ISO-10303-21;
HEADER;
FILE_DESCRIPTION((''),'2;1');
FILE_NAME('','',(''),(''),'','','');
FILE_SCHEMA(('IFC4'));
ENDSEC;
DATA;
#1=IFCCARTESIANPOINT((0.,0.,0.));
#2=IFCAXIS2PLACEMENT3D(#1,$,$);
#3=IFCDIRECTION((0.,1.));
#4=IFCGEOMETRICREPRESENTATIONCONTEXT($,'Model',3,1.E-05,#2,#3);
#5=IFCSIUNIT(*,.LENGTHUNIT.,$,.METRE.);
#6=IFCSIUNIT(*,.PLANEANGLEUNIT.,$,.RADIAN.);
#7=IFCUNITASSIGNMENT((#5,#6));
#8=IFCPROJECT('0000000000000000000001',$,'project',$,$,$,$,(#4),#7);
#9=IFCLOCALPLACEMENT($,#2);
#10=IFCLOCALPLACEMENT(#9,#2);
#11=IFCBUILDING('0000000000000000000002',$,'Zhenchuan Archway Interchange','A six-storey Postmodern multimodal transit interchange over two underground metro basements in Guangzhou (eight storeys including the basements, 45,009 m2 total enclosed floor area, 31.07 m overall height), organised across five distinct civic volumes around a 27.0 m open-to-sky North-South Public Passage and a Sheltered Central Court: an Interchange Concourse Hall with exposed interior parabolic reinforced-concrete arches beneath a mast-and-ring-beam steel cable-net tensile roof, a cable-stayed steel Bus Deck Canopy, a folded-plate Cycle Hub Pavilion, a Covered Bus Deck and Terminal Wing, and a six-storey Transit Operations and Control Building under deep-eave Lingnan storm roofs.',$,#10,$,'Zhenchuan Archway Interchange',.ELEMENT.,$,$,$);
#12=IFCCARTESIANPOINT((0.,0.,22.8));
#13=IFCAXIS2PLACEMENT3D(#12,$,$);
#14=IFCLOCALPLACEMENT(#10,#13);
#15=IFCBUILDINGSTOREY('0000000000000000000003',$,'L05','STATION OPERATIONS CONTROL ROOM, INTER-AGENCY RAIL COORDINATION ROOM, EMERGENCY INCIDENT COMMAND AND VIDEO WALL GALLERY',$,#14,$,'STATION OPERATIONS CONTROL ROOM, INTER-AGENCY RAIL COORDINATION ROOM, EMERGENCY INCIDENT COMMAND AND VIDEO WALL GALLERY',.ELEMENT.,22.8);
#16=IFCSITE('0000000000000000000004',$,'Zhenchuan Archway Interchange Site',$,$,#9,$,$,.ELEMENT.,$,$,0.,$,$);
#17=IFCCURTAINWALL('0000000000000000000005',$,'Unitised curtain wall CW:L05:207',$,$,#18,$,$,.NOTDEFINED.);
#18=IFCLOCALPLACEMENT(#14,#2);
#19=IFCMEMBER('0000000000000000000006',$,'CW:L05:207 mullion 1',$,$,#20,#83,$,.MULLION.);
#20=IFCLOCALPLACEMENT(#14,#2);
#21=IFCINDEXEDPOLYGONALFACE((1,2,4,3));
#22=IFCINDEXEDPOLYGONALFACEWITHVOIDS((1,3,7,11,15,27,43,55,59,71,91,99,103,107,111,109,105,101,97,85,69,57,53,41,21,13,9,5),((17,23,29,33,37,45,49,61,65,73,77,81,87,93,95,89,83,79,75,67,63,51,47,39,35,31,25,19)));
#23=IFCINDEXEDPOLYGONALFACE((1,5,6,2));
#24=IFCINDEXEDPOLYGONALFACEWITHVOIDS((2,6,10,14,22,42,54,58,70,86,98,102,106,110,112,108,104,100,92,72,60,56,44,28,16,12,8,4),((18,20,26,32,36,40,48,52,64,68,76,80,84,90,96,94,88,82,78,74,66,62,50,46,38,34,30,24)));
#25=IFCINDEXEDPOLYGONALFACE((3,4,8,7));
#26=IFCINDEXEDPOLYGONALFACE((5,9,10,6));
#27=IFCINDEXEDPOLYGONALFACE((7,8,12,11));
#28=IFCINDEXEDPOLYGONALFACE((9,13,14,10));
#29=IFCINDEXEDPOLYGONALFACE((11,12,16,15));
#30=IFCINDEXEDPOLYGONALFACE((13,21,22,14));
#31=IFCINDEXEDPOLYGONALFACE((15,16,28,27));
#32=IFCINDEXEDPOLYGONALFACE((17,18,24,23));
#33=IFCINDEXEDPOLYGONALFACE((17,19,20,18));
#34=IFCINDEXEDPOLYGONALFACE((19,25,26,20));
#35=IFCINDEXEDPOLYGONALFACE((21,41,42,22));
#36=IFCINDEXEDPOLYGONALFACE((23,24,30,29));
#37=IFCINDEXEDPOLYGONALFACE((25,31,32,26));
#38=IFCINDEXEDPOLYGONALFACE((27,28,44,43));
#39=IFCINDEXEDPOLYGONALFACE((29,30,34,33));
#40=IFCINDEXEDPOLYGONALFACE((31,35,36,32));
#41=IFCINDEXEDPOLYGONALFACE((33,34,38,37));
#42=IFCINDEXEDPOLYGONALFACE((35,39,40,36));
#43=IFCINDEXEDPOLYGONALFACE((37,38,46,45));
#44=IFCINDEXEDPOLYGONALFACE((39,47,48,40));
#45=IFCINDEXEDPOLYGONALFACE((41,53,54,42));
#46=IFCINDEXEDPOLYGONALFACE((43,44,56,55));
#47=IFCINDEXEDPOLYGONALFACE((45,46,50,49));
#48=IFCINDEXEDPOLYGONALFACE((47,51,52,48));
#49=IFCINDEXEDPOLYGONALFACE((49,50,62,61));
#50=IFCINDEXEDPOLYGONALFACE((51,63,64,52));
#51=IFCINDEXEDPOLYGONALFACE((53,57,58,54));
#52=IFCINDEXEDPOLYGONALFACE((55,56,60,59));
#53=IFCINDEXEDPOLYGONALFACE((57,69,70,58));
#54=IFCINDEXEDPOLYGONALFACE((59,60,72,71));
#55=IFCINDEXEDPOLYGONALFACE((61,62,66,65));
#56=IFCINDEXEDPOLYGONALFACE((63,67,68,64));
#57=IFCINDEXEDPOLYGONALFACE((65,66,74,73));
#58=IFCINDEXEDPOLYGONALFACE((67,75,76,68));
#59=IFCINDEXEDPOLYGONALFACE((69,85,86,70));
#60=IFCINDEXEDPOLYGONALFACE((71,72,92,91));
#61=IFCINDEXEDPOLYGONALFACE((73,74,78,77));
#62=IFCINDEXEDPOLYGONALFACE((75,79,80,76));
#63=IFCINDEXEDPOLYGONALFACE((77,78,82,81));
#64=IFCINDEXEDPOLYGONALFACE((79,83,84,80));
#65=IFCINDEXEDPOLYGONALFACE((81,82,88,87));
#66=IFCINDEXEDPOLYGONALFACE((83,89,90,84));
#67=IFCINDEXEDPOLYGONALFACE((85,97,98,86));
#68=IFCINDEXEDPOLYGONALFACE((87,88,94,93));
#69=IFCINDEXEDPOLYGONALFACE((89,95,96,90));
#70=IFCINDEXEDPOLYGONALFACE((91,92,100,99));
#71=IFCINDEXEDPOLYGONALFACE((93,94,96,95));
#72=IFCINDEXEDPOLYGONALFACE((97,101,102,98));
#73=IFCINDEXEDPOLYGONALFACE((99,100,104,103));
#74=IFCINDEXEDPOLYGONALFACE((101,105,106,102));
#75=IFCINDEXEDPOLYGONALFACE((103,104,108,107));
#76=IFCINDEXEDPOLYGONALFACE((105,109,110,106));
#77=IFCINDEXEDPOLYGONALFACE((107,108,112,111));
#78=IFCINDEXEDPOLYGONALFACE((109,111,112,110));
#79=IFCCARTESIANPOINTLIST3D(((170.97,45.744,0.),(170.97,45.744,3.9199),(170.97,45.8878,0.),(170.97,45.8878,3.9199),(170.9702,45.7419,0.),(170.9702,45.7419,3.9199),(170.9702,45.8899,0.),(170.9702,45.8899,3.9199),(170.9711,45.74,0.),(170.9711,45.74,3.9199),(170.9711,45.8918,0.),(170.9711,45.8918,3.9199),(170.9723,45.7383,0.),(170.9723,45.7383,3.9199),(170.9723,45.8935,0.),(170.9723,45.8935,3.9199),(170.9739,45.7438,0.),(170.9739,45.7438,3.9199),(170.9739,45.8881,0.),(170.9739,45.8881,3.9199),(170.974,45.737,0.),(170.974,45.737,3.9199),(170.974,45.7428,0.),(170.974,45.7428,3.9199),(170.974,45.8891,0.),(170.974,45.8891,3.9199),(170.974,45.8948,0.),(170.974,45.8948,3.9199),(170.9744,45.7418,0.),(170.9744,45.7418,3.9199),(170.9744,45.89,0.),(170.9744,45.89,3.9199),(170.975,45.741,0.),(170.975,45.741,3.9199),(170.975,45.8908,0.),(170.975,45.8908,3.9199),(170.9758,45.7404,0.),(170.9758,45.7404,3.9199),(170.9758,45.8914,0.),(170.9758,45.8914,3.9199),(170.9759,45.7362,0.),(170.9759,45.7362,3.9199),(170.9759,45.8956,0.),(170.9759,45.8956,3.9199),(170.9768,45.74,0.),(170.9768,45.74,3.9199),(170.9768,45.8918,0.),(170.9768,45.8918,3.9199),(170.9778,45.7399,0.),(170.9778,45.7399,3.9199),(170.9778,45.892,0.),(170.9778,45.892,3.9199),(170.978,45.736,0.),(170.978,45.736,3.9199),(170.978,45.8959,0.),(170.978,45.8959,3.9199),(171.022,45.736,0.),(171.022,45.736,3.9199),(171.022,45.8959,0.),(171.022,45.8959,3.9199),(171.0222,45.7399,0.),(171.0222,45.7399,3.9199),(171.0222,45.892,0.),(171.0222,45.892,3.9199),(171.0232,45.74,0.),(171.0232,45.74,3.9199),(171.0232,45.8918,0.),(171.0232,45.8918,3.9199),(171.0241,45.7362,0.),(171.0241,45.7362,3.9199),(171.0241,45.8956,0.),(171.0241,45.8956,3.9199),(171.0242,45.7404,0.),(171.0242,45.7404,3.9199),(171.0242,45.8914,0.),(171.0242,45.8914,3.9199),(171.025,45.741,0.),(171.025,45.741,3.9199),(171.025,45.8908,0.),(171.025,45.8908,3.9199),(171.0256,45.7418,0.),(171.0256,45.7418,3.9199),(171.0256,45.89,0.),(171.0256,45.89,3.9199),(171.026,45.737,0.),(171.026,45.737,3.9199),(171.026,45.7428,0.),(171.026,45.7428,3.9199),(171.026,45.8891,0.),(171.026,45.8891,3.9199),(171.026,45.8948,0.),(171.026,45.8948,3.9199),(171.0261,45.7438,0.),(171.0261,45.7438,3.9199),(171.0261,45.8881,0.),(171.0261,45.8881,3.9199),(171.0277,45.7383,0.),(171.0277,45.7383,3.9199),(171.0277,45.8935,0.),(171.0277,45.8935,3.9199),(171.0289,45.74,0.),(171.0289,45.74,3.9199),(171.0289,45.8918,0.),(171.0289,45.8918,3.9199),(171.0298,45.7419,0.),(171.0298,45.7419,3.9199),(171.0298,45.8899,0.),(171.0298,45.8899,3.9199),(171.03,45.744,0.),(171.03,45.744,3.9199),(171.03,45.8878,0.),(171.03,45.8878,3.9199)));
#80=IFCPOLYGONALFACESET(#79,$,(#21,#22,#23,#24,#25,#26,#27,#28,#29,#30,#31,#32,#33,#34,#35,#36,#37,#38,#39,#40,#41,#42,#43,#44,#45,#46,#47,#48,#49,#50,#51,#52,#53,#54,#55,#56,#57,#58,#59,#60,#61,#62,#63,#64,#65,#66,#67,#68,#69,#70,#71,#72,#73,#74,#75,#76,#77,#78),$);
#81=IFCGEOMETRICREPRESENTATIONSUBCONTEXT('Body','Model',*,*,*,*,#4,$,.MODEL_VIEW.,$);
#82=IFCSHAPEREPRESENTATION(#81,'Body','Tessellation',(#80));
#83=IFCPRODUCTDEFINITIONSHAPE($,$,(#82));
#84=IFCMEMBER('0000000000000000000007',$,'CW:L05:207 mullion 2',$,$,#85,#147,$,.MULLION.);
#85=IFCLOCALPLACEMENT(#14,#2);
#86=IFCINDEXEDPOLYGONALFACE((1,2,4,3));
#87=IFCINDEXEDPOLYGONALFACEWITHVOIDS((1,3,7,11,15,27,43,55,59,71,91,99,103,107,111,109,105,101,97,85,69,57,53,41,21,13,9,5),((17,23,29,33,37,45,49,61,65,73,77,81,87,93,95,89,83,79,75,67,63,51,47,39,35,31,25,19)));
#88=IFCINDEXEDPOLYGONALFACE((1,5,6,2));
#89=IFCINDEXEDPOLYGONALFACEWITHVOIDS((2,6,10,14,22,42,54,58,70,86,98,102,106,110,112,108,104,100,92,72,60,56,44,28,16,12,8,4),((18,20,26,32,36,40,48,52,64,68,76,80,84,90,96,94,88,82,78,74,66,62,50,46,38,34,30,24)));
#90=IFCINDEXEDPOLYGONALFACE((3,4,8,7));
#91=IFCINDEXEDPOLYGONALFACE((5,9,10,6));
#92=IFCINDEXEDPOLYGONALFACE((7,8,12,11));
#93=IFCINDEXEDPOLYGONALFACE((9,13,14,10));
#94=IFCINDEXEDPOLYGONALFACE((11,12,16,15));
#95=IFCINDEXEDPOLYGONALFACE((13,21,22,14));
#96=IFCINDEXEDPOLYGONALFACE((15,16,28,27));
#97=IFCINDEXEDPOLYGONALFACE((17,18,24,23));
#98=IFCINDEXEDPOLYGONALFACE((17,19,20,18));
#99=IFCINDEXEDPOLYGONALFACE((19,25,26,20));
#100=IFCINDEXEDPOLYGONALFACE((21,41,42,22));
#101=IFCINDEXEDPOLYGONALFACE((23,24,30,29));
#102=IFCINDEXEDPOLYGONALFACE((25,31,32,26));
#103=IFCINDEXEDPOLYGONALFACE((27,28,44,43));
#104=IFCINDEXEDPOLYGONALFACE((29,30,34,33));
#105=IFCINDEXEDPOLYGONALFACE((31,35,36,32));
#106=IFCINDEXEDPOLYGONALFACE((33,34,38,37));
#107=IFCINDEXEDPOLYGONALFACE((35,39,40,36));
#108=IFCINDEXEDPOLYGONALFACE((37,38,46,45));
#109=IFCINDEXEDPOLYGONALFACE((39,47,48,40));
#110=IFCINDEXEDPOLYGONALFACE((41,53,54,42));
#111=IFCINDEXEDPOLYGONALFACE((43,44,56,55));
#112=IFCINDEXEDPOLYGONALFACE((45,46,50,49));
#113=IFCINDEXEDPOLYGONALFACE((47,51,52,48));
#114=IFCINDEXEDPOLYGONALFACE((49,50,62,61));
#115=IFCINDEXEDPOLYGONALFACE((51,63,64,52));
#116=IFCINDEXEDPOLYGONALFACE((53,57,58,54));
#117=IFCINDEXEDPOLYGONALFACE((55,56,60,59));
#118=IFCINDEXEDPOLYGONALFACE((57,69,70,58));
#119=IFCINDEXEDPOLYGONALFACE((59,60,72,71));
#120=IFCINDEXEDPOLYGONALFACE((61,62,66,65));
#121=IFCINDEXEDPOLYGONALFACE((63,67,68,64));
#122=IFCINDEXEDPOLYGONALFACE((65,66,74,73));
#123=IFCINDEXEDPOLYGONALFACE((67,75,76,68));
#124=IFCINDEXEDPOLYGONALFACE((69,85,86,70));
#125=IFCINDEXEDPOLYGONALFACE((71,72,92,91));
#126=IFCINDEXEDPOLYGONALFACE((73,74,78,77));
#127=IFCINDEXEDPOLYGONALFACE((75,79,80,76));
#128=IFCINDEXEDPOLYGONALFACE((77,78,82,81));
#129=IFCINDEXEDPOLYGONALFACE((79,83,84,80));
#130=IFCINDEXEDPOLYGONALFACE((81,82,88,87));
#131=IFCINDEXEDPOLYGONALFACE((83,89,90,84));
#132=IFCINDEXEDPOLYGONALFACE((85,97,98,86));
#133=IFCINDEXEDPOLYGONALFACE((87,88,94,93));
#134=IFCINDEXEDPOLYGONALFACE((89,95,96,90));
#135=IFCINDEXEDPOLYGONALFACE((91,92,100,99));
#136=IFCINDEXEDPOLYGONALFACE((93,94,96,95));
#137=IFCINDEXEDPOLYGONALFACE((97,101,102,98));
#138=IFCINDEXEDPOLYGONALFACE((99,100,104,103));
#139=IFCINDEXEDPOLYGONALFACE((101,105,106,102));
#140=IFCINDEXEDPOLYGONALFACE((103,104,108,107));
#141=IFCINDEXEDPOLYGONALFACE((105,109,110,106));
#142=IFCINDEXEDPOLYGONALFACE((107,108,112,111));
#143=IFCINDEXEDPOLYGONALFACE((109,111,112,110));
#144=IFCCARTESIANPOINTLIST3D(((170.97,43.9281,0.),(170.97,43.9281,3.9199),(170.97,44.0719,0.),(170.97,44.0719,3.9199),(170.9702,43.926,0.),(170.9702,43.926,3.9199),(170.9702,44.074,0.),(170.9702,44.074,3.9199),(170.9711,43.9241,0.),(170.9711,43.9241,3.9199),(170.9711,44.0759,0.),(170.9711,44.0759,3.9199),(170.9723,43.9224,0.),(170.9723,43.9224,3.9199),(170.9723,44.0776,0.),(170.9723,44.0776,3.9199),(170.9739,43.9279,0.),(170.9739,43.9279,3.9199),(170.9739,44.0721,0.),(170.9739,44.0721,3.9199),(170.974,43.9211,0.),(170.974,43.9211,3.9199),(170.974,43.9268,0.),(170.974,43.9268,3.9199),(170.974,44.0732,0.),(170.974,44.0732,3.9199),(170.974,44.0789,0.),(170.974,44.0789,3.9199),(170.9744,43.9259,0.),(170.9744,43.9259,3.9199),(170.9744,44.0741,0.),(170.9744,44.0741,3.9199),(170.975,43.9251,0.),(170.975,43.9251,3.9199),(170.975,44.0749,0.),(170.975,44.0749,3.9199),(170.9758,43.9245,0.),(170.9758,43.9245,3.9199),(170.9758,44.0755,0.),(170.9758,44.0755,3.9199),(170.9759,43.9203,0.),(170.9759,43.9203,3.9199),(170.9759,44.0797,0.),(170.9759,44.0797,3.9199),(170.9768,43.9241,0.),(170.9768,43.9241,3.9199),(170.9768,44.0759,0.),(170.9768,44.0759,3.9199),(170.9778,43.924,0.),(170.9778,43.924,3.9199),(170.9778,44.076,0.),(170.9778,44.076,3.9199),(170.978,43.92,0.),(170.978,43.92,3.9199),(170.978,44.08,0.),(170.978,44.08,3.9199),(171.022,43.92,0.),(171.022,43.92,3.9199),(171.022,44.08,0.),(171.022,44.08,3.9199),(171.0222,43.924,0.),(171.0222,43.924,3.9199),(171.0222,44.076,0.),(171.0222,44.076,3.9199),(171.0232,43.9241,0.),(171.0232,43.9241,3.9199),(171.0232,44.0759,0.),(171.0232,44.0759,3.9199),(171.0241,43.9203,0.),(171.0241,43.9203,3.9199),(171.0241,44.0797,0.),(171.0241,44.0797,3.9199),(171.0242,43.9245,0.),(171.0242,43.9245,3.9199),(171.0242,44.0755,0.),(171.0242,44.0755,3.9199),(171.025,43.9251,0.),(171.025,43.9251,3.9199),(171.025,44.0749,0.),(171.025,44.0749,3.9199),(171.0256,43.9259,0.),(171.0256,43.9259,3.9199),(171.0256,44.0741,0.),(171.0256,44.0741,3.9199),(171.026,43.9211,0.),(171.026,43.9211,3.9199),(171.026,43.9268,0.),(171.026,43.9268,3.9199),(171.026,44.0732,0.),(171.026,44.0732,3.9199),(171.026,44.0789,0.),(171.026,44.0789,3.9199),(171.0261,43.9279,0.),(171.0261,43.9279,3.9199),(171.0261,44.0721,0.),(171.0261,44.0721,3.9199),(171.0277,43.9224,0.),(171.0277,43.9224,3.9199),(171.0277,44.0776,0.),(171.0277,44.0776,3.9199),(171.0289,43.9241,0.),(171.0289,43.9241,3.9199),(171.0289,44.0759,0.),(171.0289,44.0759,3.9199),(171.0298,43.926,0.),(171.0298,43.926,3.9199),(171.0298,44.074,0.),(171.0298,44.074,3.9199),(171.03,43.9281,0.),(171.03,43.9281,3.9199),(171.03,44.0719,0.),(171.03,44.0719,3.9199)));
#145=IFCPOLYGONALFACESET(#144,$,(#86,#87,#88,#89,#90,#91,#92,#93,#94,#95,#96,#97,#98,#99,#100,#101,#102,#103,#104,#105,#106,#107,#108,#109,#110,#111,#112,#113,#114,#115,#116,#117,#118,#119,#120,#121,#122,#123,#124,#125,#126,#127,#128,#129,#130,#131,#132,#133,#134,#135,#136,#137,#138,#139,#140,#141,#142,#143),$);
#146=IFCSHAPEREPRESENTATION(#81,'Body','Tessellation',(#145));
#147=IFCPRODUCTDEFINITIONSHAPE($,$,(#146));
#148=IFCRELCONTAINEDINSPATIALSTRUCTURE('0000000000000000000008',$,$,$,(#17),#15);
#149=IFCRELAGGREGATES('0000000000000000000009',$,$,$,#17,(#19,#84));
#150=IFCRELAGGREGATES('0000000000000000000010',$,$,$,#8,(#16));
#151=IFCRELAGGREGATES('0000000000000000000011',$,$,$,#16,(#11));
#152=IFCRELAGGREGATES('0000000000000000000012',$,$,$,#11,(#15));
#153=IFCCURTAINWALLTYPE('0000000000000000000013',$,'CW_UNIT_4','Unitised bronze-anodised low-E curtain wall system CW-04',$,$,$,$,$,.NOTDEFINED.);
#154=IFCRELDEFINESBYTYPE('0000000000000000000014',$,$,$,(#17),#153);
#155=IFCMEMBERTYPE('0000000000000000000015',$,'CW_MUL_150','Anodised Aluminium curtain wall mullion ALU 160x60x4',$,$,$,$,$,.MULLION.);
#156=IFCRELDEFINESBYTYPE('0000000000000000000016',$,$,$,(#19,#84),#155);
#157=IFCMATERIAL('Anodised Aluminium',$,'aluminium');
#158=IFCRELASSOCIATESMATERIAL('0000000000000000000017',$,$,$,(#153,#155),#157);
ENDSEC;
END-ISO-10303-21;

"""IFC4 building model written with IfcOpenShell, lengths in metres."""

from ifc_helpers import new_model, si_unit, direction, frame, origin, origin_2d, place, context, subcontext, project, spatial, hollow_rectangle, extrude, material, material_profile, profile_set, type_object, element, aggregate, save


model = new_model("IFC4")

# Units and contexts
model_context = context("Model", 3, precision=1e-05, world=origin(), true_north=direction((0.0, 1.0)))
body_context = subcontext(model_context, "Body", "Model", "MODEL_VIEW")
ifc_project = project(units=[si_unit("LENGTHUNIT", "METRE"), si_unit("PLANEANGLEUNIT", "RADIAN")], contexts=[model_context])

# Site, building, storey
site_placement = place(None, origin())
site = spatial("IfcSite", under=ifc_project, at=site_placement, Name="Zhenchuan Archway Interchange Site", CompositionType="ELEMENT", RefElevation=0.0)
building_placement = place(site_placement, origin())
building = spatial("IfcBuilding", under=site, at=building_placement, Name="Zhenchuan Archway Interchange", Description="A six-storey Postmodern multimodal transit interchange over two underground metro basements in Guangzhou (eight storeys including the basements, 45,009 m2 total enclosed floor area, 31.07 m overall height), organised across five distinct civic volumes around a 27.0 m open-to-sky North-South Public Passage and a Sheltered Central Court: an Interchange Concourse Hall with exposed interior parabolic reinforced-concrete arches beneath a mast-and-ring-beam steel cable-net tensile roof, a cable-stayed steel Bus Deck Canopy, a folded-plate Cycle Hub Pavilion, a Covered Bus Deck and Terminal Wing, and a six-storey Transit Operations and Control Building under deep-eave Lingnan storm roofs.", LongName="Zhenchuan Archway Interchange", CompositionType="ELEMENT")
storey_placement = place(building_placement, frame((0.0, 0.0, 22.8)))
storey = spatial("IfcBuildingStorey", under=building, at=storey_placement, Name="L05", Description="STATION OPERATIONS CONTROL ROOM, INTER-AGENCY RAIL COORDINATION ROOM, EMERGENCY INCIDENT COMMAND AND VIDEO WALL GALLERY", LongName="STATION OPERATIONS CONTROL ROOM, INTER-AGENCY RAIL COORDINATION ROOM, EMERGENCY INCIDENT COMMAND AND VIDEO WALL GALLERY", CompositionType="ELEMENT", Elevation=22.8)

# Curtain wall, members
ifc_material_1 = material(Name="Anodised Aluminium", Category="aluminium")
curtain_wall_type = type_object("IfcCurtainWallType", Name="CW_UNIT_4", Description="Unitised bronze-anodised low-E curtain wall system CW-04", PredefinedType="NOTDEFINED", material=ifc_material_1)
curtain_wall_placement = place(storey_placement, origin())
curtain_wall = element("IfcCurtainWall", 1, at=curtain_wall_placement, inside=storey, type_object=curtain_wall_type, Name="Unitised curtain wall CW:L05:207", PredefinedType="NOTDEFINED")
ifc_material_profile_1 = material_profile(ifc_material_1, hollow_rectangle(XDim=0.0601, YDim=0.1599, WallThickness=0.0039, InnerFilletRadius=0.0039, OuterFilletRadius=0.0081, at=origin_2d()), Name="ALU 160x60x4")
ifc_profile_set_1 = profile_set([ifc_material_profile_1], Name="Anodised Aluminium")
member_type_1 = type_object("IfcMemberType", Name="CW_MUL_150", Description="Anodised Aluminium curtain wall mullion ALU 160x60x4", PredefinedType="MULLION", material=ifc_profile_set_1)
member_1_placement = place(storey_placement, frame((171.0, 45.8159, 0.0), z_axis=(0.0, 0.0, 1.0), x_axis=(1.0, 0.0, 0.0)))
member_1 = element("IfcMember", 2, at=member_1_placement, type_object=member_type_1, Name="CW:L05:207 mullion 1", PredefinedType="MULLION", context=body_context, shape_type="SweptSolid", body=[
    extrude(hollow_rectangle(XDim=0.0601, YDim=0.1599, WallThickness=0.0039, InnerFilletRadius=0.0039, OuterFilletRadius=0.0081, at=origin_2d()), origin(), (0.0, 0.0, 1.0), 3.9199),
])
member_2_placement = place(storey_placement, frame((171.0, 44.0, 0.0), z_axis=(0.0, 0.0, 1.0), x_axis=(1.0, 0.0, 0.0)))
member_2 = element("IfcMember", 3, at=member_2_placement, type_object=member_type_1, Name="CW:L05:207 mullion 2", PredefinedType="MULLION", context=body_context, shape_type="SweptSolid", body=[
    extrude(hollow_rectangle(XDim=0.0601, YDim=0.1599, WallThickness=0.0039, InnerFilletRadius=0.0039, OuterFilletRadius=0.0081, at=origin_2d()), origin(), (0.0, 0.0, 1.0), 3.9199),
])

aggregate(curtain_wall, [member_1, member_2])

save(model, "model.ifc")
